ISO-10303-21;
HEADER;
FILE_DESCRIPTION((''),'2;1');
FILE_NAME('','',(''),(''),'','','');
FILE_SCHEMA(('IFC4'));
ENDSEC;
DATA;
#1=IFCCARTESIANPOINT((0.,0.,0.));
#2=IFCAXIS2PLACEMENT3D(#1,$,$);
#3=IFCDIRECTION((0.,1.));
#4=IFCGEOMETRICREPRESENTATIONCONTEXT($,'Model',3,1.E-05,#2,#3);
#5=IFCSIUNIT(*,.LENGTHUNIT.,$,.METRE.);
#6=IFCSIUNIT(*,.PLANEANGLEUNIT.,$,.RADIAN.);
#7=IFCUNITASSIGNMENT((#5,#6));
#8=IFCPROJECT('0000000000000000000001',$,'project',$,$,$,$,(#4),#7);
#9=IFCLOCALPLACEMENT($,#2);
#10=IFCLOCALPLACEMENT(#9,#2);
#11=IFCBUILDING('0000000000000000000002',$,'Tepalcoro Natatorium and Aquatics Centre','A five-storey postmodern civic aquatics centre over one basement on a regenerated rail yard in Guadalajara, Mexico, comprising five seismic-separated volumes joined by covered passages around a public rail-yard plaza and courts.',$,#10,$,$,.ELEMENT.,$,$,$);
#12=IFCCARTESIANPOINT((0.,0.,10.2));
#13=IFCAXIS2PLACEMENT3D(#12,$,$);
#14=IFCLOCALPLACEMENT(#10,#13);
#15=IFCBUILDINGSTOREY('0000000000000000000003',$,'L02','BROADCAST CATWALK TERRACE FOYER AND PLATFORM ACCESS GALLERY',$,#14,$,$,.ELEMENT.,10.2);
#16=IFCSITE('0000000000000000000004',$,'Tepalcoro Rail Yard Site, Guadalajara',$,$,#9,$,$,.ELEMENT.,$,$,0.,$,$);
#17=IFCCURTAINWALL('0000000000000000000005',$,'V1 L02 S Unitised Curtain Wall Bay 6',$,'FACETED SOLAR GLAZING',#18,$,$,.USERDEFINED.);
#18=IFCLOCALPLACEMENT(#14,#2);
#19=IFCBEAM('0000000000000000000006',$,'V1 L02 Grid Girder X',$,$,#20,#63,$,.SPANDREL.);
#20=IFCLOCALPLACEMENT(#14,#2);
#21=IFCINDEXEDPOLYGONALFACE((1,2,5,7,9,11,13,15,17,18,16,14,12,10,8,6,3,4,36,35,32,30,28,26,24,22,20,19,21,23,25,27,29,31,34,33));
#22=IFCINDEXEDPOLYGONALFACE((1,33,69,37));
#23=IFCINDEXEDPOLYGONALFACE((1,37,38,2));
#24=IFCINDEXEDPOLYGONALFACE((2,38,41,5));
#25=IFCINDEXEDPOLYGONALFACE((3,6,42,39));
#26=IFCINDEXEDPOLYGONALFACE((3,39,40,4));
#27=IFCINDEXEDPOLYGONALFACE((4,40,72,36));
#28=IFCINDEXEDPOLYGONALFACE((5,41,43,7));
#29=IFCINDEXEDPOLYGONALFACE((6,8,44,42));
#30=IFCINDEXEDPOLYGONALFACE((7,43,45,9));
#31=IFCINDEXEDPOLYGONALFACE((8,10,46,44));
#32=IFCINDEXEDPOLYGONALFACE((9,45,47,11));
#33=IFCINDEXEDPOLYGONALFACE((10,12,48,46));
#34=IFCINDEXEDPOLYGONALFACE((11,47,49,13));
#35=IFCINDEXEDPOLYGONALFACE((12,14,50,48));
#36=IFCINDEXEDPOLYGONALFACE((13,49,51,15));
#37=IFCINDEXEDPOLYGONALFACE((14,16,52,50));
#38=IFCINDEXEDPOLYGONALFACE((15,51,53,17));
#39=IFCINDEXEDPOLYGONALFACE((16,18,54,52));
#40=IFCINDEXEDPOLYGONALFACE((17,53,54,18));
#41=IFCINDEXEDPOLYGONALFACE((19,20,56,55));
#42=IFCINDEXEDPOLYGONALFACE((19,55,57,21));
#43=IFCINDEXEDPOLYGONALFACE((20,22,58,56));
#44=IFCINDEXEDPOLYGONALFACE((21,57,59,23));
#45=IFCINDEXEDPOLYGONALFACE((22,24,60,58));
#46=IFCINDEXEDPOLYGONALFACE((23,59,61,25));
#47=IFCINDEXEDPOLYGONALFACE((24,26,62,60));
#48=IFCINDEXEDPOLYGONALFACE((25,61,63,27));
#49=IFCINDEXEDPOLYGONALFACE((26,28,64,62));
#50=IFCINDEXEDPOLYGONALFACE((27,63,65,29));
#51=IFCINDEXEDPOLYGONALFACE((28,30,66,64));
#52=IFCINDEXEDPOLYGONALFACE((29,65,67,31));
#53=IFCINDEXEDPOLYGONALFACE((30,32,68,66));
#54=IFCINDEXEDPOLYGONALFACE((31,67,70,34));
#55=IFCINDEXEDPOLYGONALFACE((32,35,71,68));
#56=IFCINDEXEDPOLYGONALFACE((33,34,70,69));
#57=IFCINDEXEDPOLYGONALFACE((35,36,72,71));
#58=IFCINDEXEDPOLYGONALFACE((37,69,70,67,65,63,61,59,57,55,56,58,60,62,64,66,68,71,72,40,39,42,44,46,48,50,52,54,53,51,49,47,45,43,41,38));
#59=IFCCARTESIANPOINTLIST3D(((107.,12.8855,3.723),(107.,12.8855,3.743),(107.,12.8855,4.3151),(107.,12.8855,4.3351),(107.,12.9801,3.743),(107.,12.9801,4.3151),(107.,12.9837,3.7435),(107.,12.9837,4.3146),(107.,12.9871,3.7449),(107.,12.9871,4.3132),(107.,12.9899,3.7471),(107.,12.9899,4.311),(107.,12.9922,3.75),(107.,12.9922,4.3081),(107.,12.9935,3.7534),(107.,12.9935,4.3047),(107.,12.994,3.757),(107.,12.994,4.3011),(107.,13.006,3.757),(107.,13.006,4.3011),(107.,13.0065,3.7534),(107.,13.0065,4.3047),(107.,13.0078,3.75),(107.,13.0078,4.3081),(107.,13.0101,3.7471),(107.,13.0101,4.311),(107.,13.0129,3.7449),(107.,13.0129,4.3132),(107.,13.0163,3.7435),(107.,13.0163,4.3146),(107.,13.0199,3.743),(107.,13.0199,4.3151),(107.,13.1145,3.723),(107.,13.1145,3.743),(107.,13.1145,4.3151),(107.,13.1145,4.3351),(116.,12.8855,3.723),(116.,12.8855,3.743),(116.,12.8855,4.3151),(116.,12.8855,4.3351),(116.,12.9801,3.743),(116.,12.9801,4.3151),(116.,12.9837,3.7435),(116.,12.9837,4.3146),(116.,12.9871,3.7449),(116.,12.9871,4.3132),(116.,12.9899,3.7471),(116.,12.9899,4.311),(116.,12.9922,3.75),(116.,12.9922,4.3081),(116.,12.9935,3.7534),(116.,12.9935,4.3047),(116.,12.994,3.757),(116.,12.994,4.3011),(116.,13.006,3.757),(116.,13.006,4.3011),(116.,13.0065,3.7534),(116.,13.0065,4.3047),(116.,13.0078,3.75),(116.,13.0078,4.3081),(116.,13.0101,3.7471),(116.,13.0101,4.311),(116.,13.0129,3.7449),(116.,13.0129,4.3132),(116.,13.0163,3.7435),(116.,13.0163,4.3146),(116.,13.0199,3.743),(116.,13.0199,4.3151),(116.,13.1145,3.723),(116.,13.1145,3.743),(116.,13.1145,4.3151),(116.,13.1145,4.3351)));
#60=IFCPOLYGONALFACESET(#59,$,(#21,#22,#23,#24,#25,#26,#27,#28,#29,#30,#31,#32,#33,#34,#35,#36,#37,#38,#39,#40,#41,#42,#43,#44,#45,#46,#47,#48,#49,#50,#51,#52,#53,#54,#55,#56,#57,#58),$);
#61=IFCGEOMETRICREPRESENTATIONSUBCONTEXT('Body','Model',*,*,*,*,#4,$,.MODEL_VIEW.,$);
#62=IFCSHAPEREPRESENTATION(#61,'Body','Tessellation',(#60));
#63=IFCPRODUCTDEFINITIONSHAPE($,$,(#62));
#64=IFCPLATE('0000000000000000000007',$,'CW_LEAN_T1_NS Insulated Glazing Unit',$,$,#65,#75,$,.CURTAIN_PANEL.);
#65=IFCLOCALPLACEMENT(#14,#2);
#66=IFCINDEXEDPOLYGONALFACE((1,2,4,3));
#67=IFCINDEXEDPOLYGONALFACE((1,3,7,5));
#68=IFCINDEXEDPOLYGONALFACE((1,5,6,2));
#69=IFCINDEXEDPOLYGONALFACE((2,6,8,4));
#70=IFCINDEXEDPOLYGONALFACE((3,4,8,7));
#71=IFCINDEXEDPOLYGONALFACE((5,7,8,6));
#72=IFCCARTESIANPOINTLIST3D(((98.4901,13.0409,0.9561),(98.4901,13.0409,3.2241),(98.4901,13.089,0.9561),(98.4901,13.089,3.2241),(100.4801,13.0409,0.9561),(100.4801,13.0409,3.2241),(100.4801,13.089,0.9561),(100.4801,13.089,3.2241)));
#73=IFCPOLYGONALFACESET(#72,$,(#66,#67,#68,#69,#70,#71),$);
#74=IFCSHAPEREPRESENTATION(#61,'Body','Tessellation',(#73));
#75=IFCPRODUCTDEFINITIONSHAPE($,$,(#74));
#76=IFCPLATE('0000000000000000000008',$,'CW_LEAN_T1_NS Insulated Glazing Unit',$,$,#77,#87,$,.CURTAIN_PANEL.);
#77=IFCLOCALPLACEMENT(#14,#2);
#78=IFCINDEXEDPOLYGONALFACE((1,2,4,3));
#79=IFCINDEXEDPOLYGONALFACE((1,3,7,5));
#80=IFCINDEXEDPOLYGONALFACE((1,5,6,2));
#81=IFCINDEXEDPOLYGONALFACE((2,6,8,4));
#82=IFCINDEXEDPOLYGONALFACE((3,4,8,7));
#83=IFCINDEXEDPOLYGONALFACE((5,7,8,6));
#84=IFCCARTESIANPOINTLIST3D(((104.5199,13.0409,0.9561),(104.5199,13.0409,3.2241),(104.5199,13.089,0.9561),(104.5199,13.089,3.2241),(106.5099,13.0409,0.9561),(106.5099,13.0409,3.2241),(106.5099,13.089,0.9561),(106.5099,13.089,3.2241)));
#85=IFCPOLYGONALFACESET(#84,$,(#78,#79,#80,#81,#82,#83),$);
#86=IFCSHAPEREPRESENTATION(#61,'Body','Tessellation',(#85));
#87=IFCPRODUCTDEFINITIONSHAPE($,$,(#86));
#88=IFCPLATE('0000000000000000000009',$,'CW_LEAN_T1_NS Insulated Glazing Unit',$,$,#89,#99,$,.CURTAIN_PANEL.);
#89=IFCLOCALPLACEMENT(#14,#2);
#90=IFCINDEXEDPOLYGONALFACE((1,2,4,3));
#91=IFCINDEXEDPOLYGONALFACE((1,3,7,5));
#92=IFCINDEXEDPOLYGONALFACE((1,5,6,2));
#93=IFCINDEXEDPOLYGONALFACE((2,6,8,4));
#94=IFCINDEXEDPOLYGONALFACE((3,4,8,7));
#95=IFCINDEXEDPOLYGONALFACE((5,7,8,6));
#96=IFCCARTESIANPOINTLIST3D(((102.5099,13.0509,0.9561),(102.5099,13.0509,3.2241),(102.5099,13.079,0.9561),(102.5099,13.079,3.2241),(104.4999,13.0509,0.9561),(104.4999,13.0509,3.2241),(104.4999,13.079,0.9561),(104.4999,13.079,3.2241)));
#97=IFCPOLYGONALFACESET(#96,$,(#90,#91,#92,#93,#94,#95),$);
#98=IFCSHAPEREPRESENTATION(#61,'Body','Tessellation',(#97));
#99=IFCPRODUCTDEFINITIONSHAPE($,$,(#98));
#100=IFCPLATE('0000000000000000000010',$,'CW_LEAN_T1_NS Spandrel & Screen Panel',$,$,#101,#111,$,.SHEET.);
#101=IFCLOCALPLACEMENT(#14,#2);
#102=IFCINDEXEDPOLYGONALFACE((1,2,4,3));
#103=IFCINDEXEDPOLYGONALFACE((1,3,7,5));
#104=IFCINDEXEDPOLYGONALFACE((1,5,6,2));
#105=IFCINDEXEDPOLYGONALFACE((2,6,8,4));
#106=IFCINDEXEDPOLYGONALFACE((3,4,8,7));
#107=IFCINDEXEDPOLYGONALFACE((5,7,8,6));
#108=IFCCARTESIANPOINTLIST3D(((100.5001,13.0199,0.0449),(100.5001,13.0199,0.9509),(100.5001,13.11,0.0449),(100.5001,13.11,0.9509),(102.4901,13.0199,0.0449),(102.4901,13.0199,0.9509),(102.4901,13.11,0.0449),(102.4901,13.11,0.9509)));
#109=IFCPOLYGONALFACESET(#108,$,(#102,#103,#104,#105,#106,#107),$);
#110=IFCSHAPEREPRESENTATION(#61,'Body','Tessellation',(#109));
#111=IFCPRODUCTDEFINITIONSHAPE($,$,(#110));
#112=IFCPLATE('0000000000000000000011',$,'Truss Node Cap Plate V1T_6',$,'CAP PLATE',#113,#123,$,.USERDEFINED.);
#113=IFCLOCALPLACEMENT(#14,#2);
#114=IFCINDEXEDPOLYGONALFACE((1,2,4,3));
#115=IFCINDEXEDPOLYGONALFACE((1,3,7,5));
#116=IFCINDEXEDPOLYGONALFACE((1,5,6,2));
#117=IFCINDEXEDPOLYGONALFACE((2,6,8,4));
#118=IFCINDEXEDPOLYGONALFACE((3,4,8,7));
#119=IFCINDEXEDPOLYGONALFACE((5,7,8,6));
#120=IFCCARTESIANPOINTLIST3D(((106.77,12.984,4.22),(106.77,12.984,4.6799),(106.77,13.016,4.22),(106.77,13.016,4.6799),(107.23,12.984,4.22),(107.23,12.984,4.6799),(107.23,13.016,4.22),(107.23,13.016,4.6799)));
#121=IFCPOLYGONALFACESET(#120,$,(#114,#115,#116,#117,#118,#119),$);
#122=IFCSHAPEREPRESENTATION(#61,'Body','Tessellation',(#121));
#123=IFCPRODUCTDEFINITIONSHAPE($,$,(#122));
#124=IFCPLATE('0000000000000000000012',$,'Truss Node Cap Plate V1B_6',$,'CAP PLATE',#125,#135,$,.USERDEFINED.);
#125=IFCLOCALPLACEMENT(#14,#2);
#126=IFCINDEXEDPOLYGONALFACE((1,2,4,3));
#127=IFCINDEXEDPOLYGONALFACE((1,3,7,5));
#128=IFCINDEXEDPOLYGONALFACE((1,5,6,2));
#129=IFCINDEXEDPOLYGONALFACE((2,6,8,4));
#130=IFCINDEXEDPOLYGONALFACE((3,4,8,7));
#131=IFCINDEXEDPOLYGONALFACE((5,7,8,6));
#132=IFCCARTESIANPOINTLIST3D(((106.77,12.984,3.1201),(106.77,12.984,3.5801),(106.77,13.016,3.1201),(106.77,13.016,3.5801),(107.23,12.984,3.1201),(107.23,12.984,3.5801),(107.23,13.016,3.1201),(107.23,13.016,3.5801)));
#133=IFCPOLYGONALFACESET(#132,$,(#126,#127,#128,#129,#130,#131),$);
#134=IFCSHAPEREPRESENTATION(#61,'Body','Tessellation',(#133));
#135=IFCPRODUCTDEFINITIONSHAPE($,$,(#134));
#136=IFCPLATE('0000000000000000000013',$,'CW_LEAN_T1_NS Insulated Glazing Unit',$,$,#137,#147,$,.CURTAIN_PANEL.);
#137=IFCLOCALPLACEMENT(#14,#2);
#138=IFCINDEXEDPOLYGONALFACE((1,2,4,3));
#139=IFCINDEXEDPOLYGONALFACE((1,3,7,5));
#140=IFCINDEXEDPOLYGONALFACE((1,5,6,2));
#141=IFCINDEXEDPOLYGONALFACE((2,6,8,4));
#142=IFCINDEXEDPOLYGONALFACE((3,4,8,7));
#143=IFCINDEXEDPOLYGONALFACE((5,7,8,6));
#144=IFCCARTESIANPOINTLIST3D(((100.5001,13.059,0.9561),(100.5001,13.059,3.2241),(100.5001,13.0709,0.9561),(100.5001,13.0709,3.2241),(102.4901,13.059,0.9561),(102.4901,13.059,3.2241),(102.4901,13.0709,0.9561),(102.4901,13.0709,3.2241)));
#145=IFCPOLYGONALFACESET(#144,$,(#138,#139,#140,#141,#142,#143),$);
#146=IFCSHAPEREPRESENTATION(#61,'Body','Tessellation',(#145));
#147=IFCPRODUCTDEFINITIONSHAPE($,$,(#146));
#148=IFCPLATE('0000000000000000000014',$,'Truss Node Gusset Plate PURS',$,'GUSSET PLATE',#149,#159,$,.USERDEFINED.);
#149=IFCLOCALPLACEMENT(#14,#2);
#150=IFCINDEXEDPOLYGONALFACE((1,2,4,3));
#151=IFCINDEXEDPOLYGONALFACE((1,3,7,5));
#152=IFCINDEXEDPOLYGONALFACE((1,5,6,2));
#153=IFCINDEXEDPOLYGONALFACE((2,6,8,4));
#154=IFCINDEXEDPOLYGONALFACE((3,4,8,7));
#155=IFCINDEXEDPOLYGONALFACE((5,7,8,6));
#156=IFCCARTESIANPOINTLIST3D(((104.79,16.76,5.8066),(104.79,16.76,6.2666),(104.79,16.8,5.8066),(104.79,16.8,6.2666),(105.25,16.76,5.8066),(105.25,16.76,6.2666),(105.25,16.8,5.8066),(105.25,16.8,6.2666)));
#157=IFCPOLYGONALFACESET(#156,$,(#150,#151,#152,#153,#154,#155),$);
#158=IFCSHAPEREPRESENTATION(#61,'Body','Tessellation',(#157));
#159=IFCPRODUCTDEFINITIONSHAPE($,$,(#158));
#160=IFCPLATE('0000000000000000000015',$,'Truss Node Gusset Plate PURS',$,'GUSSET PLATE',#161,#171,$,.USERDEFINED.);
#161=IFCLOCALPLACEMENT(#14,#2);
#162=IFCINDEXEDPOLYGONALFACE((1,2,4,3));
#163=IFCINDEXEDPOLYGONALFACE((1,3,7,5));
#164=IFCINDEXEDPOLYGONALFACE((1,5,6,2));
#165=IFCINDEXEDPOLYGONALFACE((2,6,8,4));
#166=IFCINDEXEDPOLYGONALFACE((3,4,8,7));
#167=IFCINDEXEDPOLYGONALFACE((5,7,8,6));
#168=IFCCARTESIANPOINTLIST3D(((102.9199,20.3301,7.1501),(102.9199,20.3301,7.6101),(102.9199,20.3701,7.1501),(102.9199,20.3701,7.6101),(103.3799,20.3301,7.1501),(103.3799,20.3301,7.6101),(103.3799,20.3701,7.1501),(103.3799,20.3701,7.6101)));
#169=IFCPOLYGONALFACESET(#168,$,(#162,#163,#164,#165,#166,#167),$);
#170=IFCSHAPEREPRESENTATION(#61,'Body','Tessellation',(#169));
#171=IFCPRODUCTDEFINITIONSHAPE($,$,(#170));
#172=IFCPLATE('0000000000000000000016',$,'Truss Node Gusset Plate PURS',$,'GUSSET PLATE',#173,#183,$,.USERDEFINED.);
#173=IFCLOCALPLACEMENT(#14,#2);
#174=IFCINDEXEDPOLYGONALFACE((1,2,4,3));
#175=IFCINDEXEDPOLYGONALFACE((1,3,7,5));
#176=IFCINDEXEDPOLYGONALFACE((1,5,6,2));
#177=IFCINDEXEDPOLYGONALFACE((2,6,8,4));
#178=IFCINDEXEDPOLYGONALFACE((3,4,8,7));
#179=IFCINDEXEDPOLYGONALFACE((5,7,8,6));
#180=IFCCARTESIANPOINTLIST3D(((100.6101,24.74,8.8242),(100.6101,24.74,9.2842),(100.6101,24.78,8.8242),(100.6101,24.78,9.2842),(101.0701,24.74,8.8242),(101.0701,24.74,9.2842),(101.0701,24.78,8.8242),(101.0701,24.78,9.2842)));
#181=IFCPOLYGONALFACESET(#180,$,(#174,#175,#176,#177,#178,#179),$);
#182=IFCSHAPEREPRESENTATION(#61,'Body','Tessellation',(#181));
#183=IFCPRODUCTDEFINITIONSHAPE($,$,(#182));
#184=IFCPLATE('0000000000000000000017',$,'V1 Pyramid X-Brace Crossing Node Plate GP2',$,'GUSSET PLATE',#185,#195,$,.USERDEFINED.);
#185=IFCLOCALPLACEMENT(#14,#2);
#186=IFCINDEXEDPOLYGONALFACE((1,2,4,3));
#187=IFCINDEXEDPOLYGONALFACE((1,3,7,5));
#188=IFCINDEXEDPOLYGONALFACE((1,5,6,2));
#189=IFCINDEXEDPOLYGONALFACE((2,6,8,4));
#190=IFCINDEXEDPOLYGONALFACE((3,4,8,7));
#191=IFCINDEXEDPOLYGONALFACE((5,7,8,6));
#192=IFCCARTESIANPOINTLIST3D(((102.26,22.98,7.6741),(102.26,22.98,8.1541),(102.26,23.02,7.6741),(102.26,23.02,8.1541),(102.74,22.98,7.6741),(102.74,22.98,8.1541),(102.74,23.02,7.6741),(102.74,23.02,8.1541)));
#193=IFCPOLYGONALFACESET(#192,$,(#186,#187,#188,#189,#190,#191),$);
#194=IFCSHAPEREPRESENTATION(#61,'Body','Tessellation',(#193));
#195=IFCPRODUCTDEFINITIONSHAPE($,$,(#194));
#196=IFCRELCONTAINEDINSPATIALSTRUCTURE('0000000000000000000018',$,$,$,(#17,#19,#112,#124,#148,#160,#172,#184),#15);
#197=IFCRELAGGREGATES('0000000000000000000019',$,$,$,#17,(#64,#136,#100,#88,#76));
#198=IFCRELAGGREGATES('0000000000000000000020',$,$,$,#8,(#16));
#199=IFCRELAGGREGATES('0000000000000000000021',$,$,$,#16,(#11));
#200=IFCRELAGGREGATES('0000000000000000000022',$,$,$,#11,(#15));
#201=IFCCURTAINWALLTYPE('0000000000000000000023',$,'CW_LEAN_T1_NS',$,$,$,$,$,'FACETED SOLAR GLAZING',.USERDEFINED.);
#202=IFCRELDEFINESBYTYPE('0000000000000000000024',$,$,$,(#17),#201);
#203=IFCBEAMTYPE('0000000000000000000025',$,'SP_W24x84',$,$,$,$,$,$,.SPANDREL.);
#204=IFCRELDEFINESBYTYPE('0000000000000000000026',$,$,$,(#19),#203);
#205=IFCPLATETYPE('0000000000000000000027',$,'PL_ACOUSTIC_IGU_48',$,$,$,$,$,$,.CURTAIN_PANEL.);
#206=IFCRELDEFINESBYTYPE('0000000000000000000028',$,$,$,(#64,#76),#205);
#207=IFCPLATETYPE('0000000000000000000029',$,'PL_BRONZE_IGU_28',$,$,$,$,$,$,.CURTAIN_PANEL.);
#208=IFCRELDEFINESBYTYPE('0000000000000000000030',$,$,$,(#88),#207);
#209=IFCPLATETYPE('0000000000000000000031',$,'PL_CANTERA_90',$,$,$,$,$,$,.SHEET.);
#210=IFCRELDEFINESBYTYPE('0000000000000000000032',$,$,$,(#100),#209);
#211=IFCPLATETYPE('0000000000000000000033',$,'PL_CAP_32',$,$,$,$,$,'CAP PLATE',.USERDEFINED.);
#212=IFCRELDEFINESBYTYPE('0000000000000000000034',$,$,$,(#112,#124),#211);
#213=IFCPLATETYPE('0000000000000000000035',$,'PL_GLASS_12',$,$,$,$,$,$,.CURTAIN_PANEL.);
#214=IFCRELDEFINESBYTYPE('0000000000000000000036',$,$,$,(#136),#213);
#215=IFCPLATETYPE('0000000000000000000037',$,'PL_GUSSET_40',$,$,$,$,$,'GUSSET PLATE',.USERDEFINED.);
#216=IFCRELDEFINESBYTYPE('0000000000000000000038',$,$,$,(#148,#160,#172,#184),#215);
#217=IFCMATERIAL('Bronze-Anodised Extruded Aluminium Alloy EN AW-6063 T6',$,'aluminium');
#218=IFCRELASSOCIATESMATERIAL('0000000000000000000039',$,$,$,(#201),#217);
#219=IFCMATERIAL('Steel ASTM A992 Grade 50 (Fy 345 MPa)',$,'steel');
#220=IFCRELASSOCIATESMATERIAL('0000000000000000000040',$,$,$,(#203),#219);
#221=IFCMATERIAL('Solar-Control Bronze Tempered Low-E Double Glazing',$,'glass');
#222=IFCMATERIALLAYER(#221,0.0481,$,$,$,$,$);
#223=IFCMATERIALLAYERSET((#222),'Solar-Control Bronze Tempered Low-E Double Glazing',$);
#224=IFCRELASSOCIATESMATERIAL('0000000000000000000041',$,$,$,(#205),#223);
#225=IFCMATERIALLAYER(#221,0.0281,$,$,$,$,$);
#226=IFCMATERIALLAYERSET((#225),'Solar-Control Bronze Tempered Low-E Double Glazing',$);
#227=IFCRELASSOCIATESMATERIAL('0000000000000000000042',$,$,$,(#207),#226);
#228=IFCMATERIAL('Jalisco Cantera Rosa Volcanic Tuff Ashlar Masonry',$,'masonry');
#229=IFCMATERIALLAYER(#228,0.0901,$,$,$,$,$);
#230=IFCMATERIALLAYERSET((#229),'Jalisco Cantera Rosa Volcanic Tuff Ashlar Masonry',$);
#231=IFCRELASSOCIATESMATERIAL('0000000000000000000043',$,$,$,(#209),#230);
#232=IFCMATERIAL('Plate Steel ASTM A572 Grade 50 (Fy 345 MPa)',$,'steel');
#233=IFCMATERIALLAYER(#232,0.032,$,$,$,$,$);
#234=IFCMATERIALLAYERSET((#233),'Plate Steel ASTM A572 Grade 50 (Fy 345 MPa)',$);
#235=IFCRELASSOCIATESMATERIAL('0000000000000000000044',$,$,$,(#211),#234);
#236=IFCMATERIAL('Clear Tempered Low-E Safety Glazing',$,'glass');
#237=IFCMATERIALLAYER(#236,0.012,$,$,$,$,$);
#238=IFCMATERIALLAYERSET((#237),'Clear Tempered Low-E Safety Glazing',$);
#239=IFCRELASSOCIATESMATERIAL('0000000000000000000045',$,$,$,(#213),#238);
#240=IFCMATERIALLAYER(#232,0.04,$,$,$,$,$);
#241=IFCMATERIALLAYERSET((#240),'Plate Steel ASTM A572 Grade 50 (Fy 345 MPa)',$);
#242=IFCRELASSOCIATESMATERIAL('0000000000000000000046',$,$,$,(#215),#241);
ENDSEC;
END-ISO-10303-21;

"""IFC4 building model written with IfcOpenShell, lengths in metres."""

from ifc_helpers import new_model, si_unit, direction, frame, origin, origin_2d, place, context, subcontext, project, spatial, rectangle, i_section, extrude, material, layer, layer_set, material_profile, profile_set, type_object, element, aggregate, save


model = new_model("IFC4")

# Units and contexts
model_context = context("Model", 3, precision=1e-05, world=origin(), true_north=direction((0.0, 1.0)))
body_context = subcontext(model_context, "Body", "Model", "MODEL_VIEW")
ifc_project = project(units=[si_unit("LENGTHUNIT", "METRE"), si_unit("PLANEANGLEUNIT", "RADIAN")], contexts=[model_context])

# Site, building, storey
site_placement = place(None, origin())
site = spatial("IfcSite", under=ifc_project, at=site_placement, Name="Tepalcoro Rail Yard Site, Guadalajara", CompositionType="ELEMENT", RefElevation=0.0)
building_placement = place(site_placement, origin())
building = spatial("IfcBuilding", under=site, at=building_placement, Name="Tepalcoro Natatorium and Aquatics Centre", Description="A five-storey postmodern civic aquatics centre over one basement on a regenerated rail yard in Guadalajara, Mexico, comprising five seismic-separated volumes joined by covered passages around a public rail-yard plaza and courts.", CompositionType="ELEMENT")
storey_placement = place(building_placement, frame((0.0, 0.0, 10.2)))
storey = spatial("IfcBuildingStorey", under=building, at=storey_placement, Name="L02", Description="BROADCAST CATWALK TERRACE FOYER AND PLATFORM ACCESS GALLERY", CompositionType="ELEMENT", Elevation=10.2)

# Shared definitions
ifc_material_1 = material(Name="Steel ASTM A992 Grade 50 (Fy 345 MPa)", Category="steel")

# Curtain wall
ifc_material_2 = material(Name="Bronze-Anodised Extruded Aluminium Alloy EN AW-6063 T6", Category="aluminium")
curtain_wall_type = type_object("IfcCurtainWallType", Name="CW_LEAN_T1_NS", ElementType="FACETED SOLAR GLAZING", PredefinedType="USERDEFINED", material=ifc_material_2)
curtain_wall_placement = place(storey_placement, origin())
curtain_wall = element("IfcCurtainWall", 1, at=curtain_wall_placement, inside=storey, type_object=curtain_wall_type, Name="V1 L02 S Unitised Curtain Wall Bay 6", ObjectType="FACETED SOLAR GLAZING", PredefinedType="USERDEFINED")

# Beam
ifc_material_profile_1 = material_profile(ifc_material_1, i_section(OverallWidth=0.229, OverallDepth=0.6121, WebThickness=0.012, FlangeThickness=0.02, FilletRadius=0.0139, at=origin_2d()), Name="W24X84")
ifc_profile_set_1 = profile_set([ifc_material_profile_1], Name="Steel ASTM A992 Grade 50 (Fy 345 MPa)")
beam_type_1 = type_object("IfcBeamType", Name="SP_W24x84", PredefinedType="SPANDREL", material=ifc_profile_set_1)
beam_placement = place(storey_placement, frame((107.0, 13.0, 4.0291), z_axis=(1.0, 0.0, 0.0), x_axis=(0.0, 1.0, 0.0)))
element("IfcBeam", 2, at=beam_placement, inside=storey, type_object=beam_type_1, Name="V1 L02 Grid Girder X", PredefinedType="SPANDREL", context=body_context, shape_type="SweptSolid", body=[
    extrude(i_section(OverallWidth=0.229, OverallDepth=0.6121, WebThickness=0.012, FlangeThickness=0.02, FilletRadius=0.0139, at=origin_2d()), origin(), (0.0, 0.0, 1.0), 9.0),
])

# Plates
ifc_material_3 = material(Name="Solar-Control Bronze Tempered Low-E Double Glazing", Category="glass")
ifc_layer_1 = layer(ifc_material_3, 0.0481)
ifc_layer_set_1 = layer_set([ifc_layer_1], Name="Solar-Control Bronze Tempered Low-E Double Glazing")
plate_type_1 = type_object("IfcPlateType", Name="PL_ACOUSTIC_IGU_48", PredefinedType="CURTAIN_PANEL", material=ifc_layer_set_1)
plate_1_placement = place(storey_placement, frame((99.4851, 13.0649, 0.9561), z_axis=(0.0, 0.0, 1.0), x_axis=(1.0, 0.0, 0.0)))
plate_1 = element("IfcPlate", 3, at=plate_1_placement, type_object=plate_type_1, Name="CW_LEAN_T1_NS Insulated Glazing Unit", PredefinedType="CURTAIN_PANEL", context=body_context, shape_type="SweptSolid", body=[
    extrude(rectangle(XDim=1.99, YDim=0.0481, at=origin_2d()), origin(), (0.0, 0.0, 1.0), 2.2681),
])
plate_2_placement = place(storey_placement, frame((105.5149, 13.0649, 0.9561), z_axis=(0.0, 0.0, 1.0), x_axis=(1.0, 0.0, 0.0)))
plate_2 = element("IfcPlate", 4, at=plate_2_placement, type_object=plate_type_1, Name="CW_LEAN_T1_NS Insulated Glazing Unit", PredefinedType="CURTAIN_PANEL", context=body_context, shape_type="SweptSolid", body=[
    extrude(rectangle(XDim=1.99, YDim=0.0481, at=origin_2d()), origin(), (0.0, 0.0, 1.0), 2.2681),
])
ifc_layer_2 = layer(ifc_material_3, 0.0281)
ifc_layer_set_2 = layer_set([ifc_layer_2], Name="Solar-Control Bronze Tempered Low-E Double Glazing")
plate_type_2 = type_object("IfcPlateType", Name="PL_BRONZE_IGU_28", PredefinedType="CURTAIN_PANEL", material=ifc_layer_set_2)
plate_3_placement = place(storey_placement, frame((103.5049, 13.0649, 0.9561), z_axis=(0.0, 0.0, 1.0), x_axis=(1.0, 0.0, 0.0)))
plate_3 = element("IfcPlate", 5, at=plate_3_placement, type_object=plate_type_2, Name="CW_LEAN_T1_NS Insulated Glazing Unit", PredefinedType="CURTAIN_PANEL", context=body_context, shape_type="SweptSolid", body=[
    extrude(rectangle(XDim=1.99, YDim=0.0281, at=origin_2d()), origin(), (0.0, 0.0, 1.0), 2.2681),
])
ifc_material_4 = material(Name="Jalisco Cantera Rosa Volcanic Tuff Ashlar Masonry", Category="masonry")
ifc_layer_3 = layer(ifc_material_4, 0.0901)
ifc_layer_set_3 = layer_set([ifc_layer_3], Name="Jalisco Cantera Rosa Volcanic Tuff Ashlar Masonry")
plate_type_3 = type_object("IfcPlateType", Name="PL_CANTERA_90", PredefinedType="SHEET", material=ifc_layer_set_3)
plate_4_placement = place(storey_placement, frame((101.4951, 13.0649, 0.0449), z_axis=(0.0, 0.0, 1.0), x_axis=(1.0, 0.0, 0.0)))
plate_4 = element("IfcPlate", 6, at=plate_4_placement, type_object=plate_type_3, Name="CW_LEAN_T1_NS Spandrel & Screen Panel", PredefinedType="SHEET", context=body_context, shape_type="SweptSolid", body=[
    extrude(rectangle(XDim=1.99, YDim=0.0901, at=origin_2d()), origin(), (0.0, 0.0, 1.0), 0.906),
])

# Plates
ifc_material_5 = material(Name="Plate Steel ASTM A572 Grade 50 (Fy 345 MPa)", Category="steel")
ifc_layer_4 = layer(ifc_material_5, 0.032)
ifc_layer_set_4 = layer_set([ifc_layer_4], Name="Plate Steel ASTM A572 Grade 50 (Fy 345 MPa)")
plate_type_4 = type_object("IfcPlateType", Name="PL_CAP_32", ElementType="CAP PLATE", PredefinedType="USERDEFINED", material=ifc_layer_set_4)
for number, where, z_axis, x_axis, name in (
    (7, (107.0, 13.0, 4.22), (0.0, 0.0, 1.0), (1.0, 0.0, 0.0), "Truss Node Cap Plate V1T_6"),
    (8, (107.0, 13.0, 3.1201), (0.0, 0.0, 1.0), (1.0, 0.0, 0.0), "Truss Node Cap Plate V1B_6"),
):
    element("IfcPlate", number, at=place(storey_placement, frame(where, z_axis=z_axis, x_axis=x_axis)), inside=storey, type_object=plate_type_4, Name=name, ObjectType="CAP PLATE", PredefinedType="USERDEFINED", context=body_context, shape_type="SweptSolid", body=[
        extrude(rectangle(XDim=0.46, YDim=0.032, at=origin_2d()), origin(), (0.0, 0.0, 1.0), 0.46),
    ])

# Plate
ifc_material_6 = material(Name="Clear Tempered Low-E Safety Glazing", Category="glass")
ifc_layer_5 = layer(ifc_material_6, 0.012)
ifc_layer_set_5 = layer_set([ifc_layer_5], Name="Clear Tempered Low-E Safety Glazing")
plate_type_5 = type_object("IfcPlateType", Name="PL_GLASS_12", PredefinedType="CURTAIN_PANEL", material=ifc_layer_set_5)
plate_5_placement = place(storey_placement, frame((101.4951, 13.0649, 0.9561), z_axis=(0.0, 0.0, 1.0), x_axis=(1.0, 0.0, 0.0)))
plate_5 = element("IfcPlate", 9, at=plate_5_placement, type_object=plate_type_5, Name="CW_LEAN_T1_NS Insulated Glazing Unit", PredefinedType="CURTAIN_PANEL", context=body_context, shape_type="SweptSolid", body=[
    extrude(rectangle(XDim=1.99, YDim=0.012, at=origin_2d()), origin(), (0.0, 0.0, 1.0), 2.2681),
])

# Plates
ifc_layer_6 = layer(ifc_material_5, 0.04)
ifc_layer_set_6 = layer_set([ifc_layer_6], Name="Plate Steel ASTM A572 Grade 50 (Fy 345 MPa)")
plate_type_6 = type_object("IfcPlateType", Name="PL_GUSSET_40", ElementType="GUSSET PLATE", PredefinedType="USERDEFINED", material=ifc_layer_set_6)
for number, where, z_axis, x_axis, name in (
    (10, (105.02, 16.78, 5.8066), (0.0, 0.0, 1.0), (1.0, 0.0, 0.0), "Truss Node Gusset Plate PURS"),
    (11, (103.1499, 20.3501, 7.1501), (0.0, 0.0, 1.0), (1.0, 0.0, 0.0), "Truss Node Gusset Plate PURS"),
    (12, (100.8401, 24.76, 8.8242), (0.0, 0.0, 1.0), (1.0, 0.0, 0.0), "Truss Node Gusset Plate PURS"),
):
    element("IfcPlate", number, at=place(storey_placement, frame(where, z_axis=z_axis, x_axis=x_axis)), inside=storey, type_object=plate_type_6, Name=name, ObjectType="GUSSET PLATE", PredefinedType="USERDEFINED", context=body_context, shape_type="SweptSolid", body=[
        extrude(rectangle(XDim=0.46, YDim=0.04, at=origin_2d()), origin(), (0.0, 0.0, 1.0), 0.46),
    ])
plate_6_placement = place(storey_placement, frame((102.5, 23.0, 7.6741), z_axis=(0.0, 0.0, 1.0), x_axis=(1.0, 0.0, 0.0)))
element("IfcPlate", 13, at=plate_6_placement, inside=storey, type_object=plate_type_6, Name="V1 Pyramid X-Brace Crossing Node Plate GP2", ObjectType="GUSSET PLATE", PredefinedType="USERDEFINED", context=body_context, shape_type="SweptSolid", body=[
    extrude(rectangle(XDim=0.48, YDim=0.04, at=origin_2d()), origin(), (0.0, 0.0, 1.0), 0.48),
])

aggregate(curtain_wall, [plate_1, plate_5, plate_4, plate_3, plate_2])

save(model, "model.ifc")
